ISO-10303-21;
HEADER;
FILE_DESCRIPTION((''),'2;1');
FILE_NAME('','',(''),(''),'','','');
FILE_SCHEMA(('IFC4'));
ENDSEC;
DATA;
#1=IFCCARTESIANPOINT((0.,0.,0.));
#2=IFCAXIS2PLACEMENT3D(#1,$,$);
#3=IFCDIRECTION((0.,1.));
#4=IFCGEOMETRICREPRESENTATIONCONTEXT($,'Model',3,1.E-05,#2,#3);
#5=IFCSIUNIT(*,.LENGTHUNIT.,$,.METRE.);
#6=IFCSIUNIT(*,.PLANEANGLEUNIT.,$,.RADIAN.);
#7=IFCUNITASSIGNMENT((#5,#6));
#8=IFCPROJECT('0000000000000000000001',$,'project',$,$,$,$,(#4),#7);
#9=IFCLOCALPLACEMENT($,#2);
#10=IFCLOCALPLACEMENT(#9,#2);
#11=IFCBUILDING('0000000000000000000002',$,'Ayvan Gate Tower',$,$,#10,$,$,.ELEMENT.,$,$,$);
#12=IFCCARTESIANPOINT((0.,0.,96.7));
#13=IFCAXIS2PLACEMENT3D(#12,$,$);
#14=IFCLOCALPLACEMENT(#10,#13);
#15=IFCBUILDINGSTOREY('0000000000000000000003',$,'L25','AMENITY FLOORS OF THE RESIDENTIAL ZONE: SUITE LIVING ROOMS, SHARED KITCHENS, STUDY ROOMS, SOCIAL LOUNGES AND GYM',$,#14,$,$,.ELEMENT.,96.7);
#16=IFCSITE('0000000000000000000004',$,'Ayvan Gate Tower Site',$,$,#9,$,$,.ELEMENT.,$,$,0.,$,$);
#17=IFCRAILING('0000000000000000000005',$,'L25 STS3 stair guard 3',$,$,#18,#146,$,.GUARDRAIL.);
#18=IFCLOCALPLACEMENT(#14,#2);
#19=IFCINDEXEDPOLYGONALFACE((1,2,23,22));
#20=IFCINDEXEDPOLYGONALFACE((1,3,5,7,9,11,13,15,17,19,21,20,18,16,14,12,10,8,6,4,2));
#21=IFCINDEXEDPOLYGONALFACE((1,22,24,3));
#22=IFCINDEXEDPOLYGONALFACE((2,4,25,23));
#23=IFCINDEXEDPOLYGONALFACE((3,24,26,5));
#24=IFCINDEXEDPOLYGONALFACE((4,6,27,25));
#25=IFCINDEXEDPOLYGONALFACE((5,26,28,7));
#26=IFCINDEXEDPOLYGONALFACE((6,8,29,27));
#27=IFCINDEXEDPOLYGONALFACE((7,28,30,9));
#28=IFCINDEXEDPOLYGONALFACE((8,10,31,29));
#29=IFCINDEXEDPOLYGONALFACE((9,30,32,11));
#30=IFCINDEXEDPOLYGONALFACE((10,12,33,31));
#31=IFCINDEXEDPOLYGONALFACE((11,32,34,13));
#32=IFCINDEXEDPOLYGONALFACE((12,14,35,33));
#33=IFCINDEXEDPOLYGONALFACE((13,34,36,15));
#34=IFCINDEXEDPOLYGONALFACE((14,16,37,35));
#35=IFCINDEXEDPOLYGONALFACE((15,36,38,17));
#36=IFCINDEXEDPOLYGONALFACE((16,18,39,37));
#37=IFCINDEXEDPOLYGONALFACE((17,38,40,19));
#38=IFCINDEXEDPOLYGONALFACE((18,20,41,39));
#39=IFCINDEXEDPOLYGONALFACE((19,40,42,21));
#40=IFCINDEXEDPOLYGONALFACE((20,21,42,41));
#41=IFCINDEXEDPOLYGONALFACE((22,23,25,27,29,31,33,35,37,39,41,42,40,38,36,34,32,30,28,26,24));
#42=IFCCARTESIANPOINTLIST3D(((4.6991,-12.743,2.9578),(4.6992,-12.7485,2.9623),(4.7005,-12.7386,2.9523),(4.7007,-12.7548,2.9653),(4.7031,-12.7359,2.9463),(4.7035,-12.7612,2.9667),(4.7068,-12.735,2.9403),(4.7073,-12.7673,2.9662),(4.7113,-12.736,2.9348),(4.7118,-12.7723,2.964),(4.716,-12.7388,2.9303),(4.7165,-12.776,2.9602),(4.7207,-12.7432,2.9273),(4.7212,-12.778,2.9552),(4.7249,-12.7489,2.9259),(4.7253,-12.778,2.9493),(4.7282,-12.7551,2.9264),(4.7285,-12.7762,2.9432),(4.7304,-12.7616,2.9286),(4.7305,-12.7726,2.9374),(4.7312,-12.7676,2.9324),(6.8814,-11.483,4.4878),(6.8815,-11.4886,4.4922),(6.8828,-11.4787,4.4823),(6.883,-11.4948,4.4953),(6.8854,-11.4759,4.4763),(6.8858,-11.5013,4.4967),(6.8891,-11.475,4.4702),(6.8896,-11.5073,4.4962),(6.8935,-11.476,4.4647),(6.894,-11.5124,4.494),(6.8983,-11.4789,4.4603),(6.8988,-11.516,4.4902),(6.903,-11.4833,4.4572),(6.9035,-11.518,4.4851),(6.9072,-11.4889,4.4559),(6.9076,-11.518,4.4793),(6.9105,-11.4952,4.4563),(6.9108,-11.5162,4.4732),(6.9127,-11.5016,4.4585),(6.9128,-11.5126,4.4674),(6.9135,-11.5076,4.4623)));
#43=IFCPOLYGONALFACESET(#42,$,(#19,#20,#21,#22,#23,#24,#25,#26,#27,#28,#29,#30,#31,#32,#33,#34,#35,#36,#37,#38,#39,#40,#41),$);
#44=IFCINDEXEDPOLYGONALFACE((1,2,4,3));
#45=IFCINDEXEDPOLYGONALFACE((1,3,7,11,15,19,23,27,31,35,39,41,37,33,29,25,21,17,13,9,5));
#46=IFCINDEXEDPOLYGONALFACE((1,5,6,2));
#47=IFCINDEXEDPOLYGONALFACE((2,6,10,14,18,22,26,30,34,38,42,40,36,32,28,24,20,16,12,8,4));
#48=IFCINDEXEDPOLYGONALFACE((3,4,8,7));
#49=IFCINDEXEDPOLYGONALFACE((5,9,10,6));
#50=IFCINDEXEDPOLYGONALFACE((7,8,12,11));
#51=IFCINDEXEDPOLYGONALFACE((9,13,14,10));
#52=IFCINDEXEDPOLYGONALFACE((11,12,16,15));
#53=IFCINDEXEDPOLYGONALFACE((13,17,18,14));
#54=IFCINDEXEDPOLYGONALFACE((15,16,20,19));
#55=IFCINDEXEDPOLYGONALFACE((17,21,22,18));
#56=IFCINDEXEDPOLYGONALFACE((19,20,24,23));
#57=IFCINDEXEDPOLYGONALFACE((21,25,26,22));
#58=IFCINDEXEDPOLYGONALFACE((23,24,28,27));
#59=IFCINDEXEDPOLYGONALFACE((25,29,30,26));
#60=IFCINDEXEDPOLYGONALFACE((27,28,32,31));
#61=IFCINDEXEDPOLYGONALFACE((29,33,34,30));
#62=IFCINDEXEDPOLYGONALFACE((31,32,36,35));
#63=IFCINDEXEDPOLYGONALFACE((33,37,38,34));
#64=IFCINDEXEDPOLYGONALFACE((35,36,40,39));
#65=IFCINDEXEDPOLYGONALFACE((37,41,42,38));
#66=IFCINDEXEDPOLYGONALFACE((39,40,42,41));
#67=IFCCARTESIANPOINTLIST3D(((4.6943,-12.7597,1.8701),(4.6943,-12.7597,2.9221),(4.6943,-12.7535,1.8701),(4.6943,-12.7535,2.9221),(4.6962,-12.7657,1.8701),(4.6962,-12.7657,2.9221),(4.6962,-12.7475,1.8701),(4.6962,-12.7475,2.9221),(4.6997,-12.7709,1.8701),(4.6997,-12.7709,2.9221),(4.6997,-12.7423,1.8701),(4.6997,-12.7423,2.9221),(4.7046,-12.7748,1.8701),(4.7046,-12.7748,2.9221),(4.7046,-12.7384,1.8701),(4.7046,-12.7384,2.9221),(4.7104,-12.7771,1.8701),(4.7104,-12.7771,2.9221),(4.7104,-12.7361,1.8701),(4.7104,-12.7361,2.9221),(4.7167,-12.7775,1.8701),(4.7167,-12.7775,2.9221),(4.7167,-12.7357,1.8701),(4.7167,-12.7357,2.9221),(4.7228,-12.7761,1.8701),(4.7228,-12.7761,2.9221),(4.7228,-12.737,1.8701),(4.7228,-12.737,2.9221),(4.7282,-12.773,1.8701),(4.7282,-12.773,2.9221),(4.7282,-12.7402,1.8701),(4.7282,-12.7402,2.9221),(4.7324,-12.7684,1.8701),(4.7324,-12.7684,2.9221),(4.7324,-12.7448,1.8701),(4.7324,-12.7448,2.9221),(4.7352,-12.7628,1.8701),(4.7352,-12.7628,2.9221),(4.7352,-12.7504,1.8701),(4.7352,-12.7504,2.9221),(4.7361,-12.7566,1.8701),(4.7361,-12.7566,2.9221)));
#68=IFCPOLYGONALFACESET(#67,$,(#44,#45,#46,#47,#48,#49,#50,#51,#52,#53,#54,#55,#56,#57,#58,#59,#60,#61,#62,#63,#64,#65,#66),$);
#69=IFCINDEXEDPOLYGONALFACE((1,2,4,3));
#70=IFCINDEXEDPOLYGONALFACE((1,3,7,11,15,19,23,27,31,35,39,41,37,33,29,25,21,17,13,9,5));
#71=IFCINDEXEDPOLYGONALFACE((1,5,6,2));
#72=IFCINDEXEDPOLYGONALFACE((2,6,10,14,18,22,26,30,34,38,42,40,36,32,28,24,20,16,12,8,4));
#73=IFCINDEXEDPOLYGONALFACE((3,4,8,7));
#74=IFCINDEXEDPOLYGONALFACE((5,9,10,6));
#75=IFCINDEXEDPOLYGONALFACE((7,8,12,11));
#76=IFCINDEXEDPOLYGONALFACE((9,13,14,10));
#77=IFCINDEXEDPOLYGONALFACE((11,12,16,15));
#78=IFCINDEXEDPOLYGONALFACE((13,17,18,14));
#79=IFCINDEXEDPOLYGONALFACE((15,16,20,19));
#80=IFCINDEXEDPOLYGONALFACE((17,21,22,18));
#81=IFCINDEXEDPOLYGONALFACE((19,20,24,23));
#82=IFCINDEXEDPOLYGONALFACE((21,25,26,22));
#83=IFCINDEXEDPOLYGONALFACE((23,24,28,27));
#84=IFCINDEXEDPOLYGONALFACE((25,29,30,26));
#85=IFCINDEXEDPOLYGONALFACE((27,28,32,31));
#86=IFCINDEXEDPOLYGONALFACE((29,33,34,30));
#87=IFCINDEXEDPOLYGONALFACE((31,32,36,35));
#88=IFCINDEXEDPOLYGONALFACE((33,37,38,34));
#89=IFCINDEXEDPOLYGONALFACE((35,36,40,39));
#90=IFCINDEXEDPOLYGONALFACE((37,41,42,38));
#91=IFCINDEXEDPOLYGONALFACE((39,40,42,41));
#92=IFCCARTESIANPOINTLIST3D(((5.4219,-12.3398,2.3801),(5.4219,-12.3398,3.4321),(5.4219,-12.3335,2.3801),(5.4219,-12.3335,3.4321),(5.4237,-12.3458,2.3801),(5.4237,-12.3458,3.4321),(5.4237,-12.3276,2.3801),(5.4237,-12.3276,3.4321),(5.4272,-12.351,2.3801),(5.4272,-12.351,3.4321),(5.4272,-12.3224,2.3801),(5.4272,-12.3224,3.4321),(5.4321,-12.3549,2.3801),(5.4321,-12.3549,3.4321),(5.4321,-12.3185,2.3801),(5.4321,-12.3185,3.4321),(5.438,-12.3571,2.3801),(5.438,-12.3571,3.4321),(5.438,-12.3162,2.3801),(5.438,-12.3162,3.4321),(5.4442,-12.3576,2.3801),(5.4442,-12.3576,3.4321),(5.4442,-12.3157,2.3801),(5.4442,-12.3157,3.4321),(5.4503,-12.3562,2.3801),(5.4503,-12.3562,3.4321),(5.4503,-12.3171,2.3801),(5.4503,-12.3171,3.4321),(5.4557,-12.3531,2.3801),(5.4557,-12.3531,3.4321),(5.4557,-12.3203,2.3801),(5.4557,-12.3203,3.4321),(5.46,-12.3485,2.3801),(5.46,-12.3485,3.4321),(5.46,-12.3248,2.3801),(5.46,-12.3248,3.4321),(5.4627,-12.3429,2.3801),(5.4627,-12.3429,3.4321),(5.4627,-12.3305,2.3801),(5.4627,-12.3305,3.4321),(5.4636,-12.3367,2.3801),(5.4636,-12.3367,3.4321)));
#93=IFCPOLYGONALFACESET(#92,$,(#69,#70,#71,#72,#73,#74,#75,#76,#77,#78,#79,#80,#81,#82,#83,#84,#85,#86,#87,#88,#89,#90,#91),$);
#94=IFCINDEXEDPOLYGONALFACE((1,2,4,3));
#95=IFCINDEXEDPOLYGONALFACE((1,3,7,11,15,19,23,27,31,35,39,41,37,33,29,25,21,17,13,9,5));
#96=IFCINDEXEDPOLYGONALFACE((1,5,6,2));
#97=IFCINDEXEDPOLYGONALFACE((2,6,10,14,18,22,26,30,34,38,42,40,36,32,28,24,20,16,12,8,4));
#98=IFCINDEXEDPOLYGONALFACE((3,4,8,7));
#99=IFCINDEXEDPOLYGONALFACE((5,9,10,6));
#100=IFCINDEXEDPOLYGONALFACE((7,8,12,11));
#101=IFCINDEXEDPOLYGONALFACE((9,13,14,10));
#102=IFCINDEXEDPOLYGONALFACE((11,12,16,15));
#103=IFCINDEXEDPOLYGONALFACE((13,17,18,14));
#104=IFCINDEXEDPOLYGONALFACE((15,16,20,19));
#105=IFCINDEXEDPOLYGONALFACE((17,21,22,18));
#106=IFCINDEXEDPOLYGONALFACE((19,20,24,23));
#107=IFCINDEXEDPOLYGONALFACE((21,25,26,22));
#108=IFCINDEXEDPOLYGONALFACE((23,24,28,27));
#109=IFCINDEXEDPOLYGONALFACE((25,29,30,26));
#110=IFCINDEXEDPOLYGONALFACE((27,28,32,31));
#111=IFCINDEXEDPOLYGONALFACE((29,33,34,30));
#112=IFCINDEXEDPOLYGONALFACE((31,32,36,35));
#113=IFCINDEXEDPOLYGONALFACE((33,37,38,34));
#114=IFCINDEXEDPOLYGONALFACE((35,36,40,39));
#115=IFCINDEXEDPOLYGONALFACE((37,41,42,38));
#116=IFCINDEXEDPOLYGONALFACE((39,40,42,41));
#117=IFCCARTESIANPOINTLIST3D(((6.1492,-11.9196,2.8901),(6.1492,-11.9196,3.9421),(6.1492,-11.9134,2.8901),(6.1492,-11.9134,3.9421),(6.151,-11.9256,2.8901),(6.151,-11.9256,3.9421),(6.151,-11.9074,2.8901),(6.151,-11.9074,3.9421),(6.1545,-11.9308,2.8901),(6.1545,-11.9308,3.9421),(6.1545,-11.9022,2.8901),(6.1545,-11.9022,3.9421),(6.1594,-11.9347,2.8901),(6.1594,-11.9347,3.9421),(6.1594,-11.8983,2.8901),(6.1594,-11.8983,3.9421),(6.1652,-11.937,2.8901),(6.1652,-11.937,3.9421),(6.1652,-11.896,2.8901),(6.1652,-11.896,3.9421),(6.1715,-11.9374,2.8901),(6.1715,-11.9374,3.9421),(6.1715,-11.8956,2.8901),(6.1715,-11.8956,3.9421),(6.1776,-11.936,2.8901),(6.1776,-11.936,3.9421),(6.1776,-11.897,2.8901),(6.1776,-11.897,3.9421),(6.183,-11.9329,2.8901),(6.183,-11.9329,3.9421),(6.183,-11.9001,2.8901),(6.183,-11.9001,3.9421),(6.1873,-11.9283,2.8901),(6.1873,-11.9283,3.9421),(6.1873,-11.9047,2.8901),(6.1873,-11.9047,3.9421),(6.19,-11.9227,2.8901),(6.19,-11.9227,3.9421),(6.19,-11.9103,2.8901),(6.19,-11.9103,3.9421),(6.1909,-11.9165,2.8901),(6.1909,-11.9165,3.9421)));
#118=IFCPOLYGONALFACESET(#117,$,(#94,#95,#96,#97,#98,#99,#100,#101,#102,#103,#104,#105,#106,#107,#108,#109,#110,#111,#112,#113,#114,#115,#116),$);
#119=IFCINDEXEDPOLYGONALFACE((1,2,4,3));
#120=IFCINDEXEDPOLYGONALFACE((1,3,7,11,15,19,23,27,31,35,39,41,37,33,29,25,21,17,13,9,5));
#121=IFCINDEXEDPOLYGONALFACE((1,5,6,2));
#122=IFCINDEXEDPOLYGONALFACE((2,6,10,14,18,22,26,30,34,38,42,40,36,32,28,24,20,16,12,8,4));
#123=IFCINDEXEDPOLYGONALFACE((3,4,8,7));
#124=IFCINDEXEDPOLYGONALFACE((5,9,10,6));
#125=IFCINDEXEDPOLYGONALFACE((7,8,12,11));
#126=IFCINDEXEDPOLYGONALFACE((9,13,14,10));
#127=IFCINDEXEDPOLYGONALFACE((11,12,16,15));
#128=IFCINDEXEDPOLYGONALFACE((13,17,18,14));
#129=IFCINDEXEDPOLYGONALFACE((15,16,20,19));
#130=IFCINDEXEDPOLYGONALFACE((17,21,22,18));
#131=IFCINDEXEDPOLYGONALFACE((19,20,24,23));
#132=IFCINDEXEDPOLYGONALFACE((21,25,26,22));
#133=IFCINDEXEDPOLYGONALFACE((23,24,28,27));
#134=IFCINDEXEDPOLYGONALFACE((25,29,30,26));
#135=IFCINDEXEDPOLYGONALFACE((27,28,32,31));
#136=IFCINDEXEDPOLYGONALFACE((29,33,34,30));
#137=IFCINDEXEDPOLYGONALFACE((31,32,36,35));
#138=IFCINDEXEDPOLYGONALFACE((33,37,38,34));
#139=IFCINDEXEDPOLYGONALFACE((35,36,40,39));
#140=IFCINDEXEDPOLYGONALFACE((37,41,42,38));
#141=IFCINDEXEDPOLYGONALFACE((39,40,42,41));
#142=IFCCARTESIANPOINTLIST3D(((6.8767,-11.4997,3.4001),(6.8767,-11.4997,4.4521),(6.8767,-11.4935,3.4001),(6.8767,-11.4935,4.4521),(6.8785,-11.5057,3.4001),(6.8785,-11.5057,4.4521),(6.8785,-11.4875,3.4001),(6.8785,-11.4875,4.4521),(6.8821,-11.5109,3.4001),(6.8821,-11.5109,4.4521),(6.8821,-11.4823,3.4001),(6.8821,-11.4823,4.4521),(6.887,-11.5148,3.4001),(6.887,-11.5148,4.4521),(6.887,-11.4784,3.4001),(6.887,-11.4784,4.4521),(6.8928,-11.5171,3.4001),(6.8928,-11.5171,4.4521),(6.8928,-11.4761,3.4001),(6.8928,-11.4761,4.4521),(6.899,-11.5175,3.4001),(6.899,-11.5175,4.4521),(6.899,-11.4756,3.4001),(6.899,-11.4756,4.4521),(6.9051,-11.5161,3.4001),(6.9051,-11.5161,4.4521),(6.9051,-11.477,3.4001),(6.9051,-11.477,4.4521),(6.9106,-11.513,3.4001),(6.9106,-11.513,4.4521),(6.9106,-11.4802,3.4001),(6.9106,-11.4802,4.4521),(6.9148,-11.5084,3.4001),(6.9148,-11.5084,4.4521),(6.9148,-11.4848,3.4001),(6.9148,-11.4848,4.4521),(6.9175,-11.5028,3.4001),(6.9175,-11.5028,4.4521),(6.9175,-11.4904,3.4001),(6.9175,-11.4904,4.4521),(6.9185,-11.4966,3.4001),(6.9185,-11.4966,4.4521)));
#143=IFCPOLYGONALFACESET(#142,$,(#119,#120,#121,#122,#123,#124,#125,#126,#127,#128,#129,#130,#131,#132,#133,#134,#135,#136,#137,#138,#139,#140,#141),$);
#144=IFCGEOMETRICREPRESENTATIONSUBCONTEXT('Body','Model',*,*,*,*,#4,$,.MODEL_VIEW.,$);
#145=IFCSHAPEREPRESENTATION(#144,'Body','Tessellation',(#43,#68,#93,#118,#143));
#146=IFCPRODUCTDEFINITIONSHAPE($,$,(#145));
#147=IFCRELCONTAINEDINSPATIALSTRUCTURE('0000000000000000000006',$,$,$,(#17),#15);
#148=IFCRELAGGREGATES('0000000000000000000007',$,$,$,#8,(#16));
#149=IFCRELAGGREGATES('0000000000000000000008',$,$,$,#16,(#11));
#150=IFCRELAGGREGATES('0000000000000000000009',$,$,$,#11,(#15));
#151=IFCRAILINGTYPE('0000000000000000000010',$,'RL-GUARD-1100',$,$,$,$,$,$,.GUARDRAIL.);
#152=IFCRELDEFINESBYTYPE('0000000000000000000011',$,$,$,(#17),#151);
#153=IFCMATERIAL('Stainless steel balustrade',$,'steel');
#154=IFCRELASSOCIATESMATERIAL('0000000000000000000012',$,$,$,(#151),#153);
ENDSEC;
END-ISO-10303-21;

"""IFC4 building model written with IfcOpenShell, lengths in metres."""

from ifc_helpers import new_model, si_unit, direction, frame, origin, origin_2d, place, context, subcontext, project, spatial, circle, extrude, material, type_object, element, save


model = new_model("IFC4")

# Units and contexts
model_context = context("Model", 3, precision=1e-05, world=origin(), true_north=direction((0.0, 1.0)))
body_context = subcontext(model_context, "Body", "Model", "MODEL_VIEW")
ifc_project = project(units=[si_unit("LENGTHUNIT", "METRE"), si_unit("PLANEANGLEUNIT", "RADIAN")], contexts=[model_context])

# Site, building, storey
site_placement = place(None, origin())
site = spatial("IfcSite", under=ifc_project, at=site_placement, Name="Ayvan Gate Tower Site", CompositionType="ELEMENT", RefElevation=0.0)
building_placement = place(site_placement, origin())
building = spatial("IfcBuilding", under=site, at=building_placement, Name="Ayvan Gate Tower", CompositionType="ELEMENT")
storey_placement = place(building_placement, frame((0.0, 0.0, 96.7)))
storey = spatial("IfcBuildingStorey", under=building, at=storey_placement, Name="L25", Description="AMENITY FLOORS OF THE RESIDENTIAL ZONE: SUITE LIVING ROOMS, SHARED KITCHENS, STUDY ROOMS, SOCIAL LOUNGES AND GYM", CompositionType="ELEMENT", Elevation=96.7)

# Railing
ifc_material_1 = material(Name="Stainless steel balustrade", Category="steel")
railing_type = type_object("IfcRailingType", Name="RL-GUARD-1100", PredefinedType="GUARDRAIL", material=ifc_material_1)
railing_1_placement = place(storey_placement, frame((4.7151, -12.7566, 1.8701)))
element("IfcRailing", 1, at=railing_1_placement, inside=storey, type_object=railing_type, Name="L25 STS3 stair guard 3", PredefinedType="GUARDRAIL", context=body_context, shape_type="SweptSolid", body=[
    extrude(circle(Radius=0.0239, at=origin_2d()), frame((0.0, 0.0, 1.0762), z_axis=(0.740261, 0.427395, 0.518986), x_axis=(-0.500005, 0.866023, 0.0)), (0.0, 0.0, 1.0), 2.948),
    extrude(circle(Radius=0.021, at=origin_2d()), origin(), (0.0, 0.0, 1.0), 1.052),
    extrude(circle(Radius=0.021, at=origin_2d()), frame((0.7275, 0.4199, 0.51)), (0.0, 0.0, 1.0), 1.052),
    extrude(circle(Radius=0.021, at=origin_2d()), frame((1.4548, 0.8401, 1.02)), (0.0, 0.0, 1.0), 1.052),
    extrude(circle(Radius=0.021, at=origin_2d()), frame((2.1824, 1.26, 1.53)), (0.0, 0.0, 1.0), 1.052),
])

save(model, "model.ifc")
